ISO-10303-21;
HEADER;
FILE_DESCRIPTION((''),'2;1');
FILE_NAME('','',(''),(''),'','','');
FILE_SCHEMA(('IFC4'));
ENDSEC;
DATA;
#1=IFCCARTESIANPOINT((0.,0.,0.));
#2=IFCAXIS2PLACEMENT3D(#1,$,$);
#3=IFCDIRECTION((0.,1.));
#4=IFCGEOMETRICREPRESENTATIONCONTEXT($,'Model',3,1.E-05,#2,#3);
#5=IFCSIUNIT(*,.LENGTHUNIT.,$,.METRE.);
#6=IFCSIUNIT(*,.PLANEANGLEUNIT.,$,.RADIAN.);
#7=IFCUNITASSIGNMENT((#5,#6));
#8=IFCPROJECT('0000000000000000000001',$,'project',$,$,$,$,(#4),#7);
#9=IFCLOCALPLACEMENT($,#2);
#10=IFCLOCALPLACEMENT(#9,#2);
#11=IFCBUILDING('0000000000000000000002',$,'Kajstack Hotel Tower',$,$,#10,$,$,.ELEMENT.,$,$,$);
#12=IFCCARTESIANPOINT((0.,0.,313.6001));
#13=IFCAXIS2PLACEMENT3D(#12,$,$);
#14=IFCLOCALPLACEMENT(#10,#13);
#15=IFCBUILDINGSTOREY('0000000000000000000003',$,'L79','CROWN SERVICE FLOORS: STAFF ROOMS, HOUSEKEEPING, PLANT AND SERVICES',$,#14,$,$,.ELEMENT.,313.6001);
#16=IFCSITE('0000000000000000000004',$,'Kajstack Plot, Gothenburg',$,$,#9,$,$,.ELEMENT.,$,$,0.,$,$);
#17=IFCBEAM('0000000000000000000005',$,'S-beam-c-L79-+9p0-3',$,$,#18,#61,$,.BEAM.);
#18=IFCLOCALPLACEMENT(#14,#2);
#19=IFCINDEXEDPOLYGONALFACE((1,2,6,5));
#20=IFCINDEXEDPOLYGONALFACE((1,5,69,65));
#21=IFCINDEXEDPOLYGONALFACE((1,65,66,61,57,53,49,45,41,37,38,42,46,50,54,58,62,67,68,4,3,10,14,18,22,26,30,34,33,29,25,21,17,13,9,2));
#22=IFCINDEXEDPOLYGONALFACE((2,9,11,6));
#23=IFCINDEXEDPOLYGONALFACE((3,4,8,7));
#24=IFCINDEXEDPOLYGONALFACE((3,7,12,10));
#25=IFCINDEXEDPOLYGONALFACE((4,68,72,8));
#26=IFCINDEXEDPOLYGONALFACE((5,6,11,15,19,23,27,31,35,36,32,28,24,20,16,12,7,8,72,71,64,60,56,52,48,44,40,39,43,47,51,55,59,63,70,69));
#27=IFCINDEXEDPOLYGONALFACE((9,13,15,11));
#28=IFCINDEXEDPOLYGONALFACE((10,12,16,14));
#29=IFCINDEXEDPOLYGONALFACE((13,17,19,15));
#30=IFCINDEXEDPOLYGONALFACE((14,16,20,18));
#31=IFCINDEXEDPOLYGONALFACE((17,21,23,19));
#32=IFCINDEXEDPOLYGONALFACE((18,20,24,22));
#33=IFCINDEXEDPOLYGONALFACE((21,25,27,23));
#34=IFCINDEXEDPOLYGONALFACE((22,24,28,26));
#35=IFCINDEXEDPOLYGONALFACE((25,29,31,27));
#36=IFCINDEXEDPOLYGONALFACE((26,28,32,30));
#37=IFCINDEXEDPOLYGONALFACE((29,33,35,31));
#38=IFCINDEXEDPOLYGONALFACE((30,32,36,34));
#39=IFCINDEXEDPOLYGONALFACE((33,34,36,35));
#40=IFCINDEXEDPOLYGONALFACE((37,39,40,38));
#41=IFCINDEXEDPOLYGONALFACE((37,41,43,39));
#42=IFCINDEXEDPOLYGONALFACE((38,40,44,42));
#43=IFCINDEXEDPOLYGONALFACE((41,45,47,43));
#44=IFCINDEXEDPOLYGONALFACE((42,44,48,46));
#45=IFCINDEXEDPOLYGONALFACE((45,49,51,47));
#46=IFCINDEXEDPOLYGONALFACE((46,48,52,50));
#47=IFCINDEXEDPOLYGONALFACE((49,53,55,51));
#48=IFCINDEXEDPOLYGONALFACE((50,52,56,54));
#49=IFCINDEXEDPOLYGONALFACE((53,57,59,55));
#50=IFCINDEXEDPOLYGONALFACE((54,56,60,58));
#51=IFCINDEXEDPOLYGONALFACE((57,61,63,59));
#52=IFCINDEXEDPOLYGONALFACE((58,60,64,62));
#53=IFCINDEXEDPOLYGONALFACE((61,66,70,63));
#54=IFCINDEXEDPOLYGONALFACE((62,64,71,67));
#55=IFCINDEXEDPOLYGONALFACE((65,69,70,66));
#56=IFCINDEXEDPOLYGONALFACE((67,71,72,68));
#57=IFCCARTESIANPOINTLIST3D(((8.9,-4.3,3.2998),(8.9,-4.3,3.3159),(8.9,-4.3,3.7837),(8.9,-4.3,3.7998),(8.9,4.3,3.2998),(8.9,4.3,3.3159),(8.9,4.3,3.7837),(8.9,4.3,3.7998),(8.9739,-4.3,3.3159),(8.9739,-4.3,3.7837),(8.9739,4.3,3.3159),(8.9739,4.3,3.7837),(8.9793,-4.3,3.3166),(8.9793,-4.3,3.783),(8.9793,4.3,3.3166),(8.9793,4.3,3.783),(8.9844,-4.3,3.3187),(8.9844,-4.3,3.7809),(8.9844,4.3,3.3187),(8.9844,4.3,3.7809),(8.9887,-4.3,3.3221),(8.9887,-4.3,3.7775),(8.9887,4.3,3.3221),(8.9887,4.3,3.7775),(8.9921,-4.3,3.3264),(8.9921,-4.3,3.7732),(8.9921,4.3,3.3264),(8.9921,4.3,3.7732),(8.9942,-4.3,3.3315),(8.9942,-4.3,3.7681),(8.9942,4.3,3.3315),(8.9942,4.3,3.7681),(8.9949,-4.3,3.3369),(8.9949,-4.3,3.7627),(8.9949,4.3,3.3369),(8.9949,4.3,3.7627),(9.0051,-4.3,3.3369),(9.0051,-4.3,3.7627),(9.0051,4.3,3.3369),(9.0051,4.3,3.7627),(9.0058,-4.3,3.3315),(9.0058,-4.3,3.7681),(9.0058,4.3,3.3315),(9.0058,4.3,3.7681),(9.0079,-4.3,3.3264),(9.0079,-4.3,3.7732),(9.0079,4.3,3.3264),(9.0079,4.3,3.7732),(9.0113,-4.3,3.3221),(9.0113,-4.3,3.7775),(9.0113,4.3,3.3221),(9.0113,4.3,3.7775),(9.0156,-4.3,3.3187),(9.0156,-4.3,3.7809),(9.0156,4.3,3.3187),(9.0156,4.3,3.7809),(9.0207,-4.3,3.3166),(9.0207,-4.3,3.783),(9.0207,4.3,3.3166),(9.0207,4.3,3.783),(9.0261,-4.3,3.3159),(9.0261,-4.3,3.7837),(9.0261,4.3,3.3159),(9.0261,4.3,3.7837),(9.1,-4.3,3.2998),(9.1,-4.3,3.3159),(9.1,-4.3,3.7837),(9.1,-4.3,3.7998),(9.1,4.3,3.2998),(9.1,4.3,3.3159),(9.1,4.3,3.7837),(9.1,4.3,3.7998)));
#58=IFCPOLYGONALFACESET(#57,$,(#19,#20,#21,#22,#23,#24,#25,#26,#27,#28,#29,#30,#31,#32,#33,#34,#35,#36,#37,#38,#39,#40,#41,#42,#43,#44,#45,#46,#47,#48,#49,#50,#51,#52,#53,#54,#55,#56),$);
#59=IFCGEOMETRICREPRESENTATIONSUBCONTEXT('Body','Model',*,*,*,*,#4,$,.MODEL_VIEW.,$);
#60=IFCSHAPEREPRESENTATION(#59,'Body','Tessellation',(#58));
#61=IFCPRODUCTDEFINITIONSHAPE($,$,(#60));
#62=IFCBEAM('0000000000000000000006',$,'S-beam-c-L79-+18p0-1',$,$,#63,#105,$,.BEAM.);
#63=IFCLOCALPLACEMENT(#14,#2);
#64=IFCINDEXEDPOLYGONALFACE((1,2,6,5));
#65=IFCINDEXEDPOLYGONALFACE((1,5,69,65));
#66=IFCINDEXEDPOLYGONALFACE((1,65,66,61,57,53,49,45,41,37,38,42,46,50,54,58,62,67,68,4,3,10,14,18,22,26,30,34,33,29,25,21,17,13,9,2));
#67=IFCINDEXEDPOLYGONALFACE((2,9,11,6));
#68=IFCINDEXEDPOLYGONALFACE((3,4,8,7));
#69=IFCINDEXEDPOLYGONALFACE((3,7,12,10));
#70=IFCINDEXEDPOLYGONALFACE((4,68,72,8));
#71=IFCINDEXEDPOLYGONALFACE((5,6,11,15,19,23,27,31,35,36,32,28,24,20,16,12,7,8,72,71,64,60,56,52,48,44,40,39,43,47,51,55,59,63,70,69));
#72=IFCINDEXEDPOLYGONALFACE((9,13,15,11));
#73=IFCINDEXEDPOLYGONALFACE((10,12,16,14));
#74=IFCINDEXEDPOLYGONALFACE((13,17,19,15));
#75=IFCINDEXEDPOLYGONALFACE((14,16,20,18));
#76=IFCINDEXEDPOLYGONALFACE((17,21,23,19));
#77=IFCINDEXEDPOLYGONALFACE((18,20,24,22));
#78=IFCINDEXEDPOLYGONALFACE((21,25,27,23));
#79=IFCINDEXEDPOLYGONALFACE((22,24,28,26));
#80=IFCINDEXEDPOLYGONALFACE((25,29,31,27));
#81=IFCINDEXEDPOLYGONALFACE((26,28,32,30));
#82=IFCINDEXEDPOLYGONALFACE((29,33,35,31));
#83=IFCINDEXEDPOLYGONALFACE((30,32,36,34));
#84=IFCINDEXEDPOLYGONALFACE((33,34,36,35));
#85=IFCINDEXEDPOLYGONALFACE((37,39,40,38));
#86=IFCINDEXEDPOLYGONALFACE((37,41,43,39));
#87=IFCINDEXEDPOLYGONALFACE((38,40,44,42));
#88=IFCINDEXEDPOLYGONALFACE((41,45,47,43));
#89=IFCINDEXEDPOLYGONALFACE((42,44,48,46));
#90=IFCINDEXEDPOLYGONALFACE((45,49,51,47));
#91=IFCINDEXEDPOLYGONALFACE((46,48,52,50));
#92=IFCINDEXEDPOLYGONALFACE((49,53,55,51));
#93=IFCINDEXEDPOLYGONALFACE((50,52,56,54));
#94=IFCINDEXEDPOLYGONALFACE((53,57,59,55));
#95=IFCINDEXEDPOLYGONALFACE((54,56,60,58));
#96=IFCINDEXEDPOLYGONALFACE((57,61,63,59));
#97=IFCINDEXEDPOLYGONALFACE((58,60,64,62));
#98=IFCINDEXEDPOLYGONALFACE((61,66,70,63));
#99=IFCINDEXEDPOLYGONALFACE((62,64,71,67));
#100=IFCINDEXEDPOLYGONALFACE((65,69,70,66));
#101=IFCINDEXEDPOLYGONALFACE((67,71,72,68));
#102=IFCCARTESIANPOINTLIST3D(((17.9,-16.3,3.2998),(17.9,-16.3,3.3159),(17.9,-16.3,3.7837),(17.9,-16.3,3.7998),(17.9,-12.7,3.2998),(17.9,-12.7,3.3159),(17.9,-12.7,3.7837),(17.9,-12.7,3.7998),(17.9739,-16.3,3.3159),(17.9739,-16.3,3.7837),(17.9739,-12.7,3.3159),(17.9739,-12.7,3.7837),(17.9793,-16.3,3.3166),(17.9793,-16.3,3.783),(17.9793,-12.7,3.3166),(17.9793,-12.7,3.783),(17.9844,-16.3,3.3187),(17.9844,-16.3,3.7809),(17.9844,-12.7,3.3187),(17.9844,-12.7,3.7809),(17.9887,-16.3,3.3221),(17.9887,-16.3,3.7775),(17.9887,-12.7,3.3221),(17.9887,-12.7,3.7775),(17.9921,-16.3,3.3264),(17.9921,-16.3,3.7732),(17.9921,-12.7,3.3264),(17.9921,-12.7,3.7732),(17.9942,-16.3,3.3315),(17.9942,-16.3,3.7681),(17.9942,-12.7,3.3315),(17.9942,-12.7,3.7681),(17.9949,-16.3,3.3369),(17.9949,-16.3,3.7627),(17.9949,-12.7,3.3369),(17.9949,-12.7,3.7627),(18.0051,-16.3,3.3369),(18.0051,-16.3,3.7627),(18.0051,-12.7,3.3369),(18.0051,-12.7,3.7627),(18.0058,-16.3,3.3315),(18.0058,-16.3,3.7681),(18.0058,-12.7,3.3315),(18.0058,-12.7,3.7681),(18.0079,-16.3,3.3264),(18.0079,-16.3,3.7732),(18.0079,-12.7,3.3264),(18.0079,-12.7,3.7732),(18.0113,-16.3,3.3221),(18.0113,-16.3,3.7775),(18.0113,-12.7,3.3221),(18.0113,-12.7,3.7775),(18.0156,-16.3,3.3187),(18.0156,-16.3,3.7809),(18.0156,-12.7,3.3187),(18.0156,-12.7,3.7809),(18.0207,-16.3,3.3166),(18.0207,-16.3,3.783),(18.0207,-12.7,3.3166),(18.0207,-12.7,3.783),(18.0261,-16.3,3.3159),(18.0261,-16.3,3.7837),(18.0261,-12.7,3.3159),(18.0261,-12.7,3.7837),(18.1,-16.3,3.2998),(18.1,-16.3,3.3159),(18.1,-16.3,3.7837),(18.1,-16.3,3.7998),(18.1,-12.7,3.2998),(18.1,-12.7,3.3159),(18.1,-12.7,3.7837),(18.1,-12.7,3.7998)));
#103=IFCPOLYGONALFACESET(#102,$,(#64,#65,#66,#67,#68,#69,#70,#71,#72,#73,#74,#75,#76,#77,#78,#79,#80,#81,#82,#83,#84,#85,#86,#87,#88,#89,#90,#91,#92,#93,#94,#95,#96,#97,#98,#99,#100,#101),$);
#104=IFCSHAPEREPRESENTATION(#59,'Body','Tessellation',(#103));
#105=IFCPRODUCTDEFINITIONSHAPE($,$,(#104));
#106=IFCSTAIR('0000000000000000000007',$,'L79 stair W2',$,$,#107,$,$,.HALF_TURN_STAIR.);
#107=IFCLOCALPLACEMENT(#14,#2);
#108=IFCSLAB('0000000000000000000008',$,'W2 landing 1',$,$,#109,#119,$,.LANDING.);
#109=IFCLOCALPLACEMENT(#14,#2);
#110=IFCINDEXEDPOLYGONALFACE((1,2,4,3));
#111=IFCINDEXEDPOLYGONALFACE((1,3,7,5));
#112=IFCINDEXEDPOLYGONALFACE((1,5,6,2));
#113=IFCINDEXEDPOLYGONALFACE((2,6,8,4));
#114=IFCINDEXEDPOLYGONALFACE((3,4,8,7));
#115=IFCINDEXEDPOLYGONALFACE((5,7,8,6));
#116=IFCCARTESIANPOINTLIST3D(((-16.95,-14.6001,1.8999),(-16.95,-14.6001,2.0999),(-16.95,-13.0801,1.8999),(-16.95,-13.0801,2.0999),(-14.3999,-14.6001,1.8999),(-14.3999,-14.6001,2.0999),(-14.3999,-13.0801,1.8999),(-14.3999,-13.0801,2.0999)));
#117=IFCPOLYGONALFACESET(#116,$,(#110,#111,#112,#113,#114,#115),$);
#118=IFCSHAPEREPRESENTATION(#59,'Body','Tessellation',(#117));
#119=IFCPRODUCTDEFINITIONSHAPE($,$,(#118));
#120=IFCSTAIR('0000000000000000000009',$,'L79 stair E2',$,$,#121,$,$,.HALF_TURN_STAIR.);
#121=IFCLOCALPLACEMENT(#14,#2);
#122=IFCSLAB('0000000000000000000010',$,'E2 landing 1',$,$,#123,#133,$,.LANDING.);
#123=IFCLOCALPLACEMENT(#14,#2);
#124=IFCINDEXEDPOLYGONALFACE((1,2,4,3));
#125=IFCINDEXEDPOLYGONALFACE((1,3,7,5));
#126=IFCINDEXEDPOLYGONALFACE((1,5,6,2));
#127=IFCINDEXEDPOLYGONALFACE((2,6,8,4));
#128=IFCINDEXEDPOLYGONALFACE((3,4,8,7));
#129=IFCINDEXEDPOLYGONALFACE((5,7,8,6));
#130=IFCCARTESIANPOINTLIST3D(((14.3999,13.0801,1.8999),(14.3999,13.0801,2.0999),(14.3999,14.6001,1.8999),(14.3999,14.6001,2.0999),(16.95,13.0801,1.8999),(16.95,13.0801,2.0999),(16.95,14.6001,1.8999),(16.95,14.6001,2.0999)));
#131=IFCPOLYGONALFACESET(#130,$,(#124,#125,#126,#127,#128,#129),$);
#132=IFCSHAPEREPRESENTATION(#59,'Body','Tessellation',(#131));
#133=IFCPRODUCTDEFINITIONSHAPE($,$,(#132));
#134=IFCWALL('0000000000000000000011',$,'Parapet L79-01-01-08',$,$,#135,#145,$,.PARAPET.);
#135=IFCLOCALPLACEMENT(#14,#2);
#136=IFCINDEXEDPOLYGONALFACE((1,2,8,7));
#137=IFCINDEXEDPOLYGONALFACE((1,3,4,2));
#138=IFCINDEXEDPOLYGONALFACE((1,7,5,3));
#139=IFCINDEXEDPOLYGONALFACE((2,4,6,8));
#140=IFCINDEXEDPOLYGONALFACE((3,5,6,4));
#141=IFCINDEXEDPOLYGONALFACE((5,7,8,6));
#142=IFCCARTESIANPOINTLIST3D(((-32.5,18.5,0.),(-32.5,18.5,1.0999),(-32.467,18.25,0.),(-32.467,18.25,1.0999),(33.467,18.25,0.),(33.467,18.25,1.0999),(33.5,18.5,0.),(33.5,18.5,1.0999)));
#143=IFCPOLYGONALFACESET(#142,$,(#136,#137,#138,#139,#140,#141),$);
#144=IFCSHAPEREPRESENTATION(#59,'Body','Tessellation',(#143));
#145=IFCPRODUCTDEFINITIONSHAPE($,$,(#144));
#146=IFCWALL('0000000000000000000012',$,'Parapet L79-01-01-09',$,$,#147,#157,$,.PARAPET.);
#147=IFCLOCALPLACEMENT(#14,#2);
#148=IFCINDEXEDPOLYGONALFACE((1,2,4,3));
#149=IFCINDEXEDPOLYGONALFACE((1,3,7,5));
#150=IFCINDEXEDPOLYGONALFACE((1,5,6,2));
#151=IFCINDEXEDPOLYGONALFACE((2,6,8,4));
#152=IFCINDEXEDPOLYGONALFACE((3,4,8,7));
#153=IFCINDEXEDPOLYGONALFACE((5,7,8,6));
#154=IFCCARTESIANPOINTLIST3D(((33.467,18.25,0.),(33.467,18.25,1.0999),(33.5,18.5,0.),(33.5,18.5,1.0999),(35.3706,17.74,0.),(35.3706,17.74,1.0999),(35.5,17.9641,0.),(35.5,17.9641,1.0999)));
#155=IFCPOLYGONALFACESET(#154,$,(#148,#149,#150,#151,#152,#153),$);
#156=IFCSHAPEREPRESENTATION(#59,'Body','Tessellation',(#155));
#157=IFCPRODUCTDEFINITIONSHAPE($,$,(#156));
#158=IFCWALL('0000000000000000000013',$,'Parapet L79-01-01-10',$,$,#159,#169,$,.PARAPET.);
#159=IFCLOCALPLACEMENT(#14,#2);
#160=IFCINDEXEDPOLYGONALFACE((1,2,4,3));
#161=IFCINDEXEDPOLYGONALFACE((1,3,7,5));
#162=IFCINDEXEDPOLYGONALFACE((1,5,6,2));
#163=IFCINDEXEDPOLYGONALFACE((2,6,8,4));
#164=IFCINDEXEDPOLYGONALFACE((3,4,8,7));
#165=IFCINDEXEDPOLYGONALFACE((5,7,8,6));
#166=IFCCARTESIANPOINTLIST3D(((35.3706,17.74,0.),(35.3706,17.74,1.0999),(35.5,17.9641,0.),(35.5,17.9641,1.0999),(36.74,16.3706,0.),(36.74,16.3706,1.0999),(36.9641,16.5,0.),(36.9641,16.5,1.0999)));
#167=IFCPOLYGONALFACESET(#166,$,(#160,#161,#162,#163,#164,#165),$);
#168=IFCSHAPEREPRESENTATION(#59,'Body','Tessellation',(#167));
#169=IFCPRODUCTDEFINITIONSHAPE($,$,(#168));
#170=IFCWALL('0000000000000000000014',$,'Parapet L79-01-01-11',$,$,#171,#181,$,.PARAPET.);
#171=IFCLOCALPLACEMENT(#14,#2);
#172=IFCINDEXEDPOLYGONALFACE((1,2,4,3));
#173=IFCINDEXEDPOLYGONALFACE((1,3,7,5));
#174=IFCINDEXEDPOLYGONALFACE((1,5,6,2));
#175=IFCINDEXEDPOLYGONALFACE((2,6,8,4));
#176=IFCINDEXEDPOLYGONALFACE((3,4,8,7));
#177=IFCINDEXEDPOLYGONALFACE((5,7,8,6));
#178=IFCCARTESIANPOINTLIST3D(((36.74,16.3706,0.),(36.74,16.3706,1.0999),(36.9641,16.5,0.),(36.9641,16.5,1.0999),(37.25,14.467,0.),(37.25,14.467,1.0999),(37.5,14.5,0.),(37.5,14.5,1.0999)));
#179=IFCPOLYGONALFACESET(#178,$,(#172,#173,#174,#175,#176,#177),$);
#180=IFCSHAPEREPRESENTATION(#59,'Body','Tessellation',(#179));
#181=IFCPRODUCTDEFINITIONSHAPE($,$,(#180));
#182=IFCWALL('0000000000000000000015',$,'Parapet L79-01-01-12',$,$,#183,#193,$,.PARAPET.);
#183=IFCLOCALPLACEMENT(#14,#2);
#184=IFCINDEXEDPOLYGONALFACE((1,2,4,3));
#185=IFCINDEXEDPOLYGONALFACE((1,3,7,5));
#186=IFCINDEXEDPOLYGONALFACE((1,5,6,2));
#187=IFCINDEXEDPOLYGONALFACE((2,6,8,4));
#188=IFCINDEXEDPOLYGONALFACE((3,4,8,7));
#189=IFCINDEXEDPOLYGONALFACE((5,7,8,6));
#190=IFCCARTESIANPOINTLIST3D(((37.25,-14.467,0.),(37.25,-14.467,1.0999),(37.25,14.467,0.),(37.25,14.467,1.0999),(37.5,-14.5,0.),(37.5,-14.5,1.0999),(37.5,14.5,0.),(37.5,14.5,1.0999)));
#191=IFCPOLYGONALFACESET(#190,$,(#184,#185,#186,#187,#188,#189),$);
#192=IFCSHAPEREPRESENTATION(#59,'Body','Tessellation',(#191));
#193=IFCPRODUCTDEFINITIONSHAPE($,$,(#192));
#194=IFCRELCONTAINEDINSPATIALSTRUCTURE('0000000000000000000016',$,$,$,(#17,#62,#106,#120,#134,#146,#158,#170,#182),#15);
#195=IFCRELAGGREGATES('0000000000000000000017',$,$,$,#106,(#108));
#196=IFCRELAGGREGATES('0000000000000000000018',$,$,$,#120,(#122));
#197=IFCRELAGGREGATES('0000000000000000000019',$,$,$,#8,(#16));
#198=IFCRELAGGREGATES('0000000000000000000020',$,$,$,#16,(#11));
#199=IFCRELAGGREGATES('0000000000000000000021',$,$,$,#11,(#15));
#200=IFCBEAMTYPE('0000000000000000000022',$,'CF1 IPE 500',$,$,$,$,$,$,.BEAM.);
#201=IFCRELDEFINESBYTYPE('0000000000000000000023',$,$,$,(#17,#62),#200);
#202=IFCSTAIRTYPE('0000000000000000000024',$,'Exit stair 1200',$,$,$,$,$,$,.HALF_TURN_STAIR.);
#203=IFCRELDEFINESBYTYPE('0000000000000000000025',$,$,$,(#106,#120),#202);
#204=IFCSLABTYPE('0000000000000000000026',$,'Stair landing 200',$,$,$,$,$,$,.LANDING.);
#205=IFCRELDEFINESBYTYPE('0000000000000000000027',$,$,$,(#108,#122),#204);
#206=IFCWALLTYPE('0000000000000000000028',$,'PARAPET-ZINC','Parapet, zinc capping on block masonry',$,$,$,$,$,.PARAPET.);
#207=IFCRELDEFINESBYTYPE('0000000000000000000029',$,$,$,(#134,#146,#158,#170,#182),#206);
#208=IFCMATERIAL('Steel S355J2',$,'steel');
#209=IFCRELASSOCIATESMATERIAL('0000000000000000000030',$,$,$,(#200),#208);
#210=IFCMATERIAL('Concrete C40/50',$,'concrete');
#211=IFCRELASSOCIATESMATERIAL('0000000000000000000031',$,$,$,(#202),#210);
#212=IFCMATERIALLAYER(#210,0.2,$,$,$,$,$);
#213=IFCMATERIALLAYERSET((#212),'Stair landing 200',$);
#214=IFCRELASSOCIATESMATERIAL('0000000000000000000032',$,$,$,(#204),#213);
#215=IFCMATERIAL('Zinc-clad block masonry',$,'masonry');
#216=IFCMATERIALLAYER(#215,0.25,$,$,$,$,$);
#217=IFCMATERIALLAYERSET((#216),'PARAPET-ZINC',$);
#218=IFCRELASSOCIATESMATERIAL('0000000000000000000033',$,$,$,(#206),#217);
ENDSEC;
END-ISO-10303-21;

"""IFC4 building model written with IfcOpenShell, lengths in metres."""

from ifc_helpers import new_model, si_unit, direction, frame, origin, origin_2d, place, context, subcontext, project, spatial, polyline, i_section, outline, extrude, material, layer, layer_set, material_profile, profile_set, type_object, element, aggregate, save


model = new_model("IFC4")

# Units and contexts
model_context = context("Model", 3, precision=1e-05, world=origin(), true_north=direction((0.0, 1.0)))
body_context = subcontext(model_context, "Body", "Model", "MODEL_VIEW")
ifc_project = project(units=[si_unit("LENGTHUNIT", "METRE"), si_unit("PLANEANGLEUNIT", "RADIAN")], contexts=[model_context])

# Site, building, storey
site_placement = place(None, origin())
site = spatial("IfcSite", under=ifc_project, at=site_placement, Name="Kajstack Plot, Gothenburg", CompositionType="ELEMENT", RefElevation=0.0)
building_placement = place(site_placement, origin())
building = spatial("IfcBuilding", under=site, at=building_placement, Name="Kajstack Hotel Tower", CompositionType="ELEMENT")
storey_placement = place(building_placement, frame((0.0, 0.0, 313.6001)))
storey = spatial("IfcBuildingStorey", under=building, at=storey_placement, Name="L79", Description="CROWN SERVICE FLOORS: STAFF ROOMS, HOUSEKEEPING, PLANT AND SERVICES", CompositionType="ELEMENT", Elevation=313.6001)

# Shared definitions
ifc_material_1 = material(Name="Steel S355J2", Category="steel")

# Beams
ifc_material_profile_1 = material_profile(ifc_material_1, i_section(OverallWidth=0.2, OverallDepth=0.5, WebThickness=0.0103, FlangeThickness=0.0161, FilletRadius=0.021, at=origin_2d()), Name="IPE 500")
ifc_profile_set_1 = profile_set([ifc_material_profile_1], Name="Steel S355J2")
beam_type = type_object("IfcBeamType", Name="CF1 IPE 500", PredefinedType="BEAM", material=ifc_profile_set_1)
beam_1_placement = place(storey_placement, frame((9.0, -4.3, 3.5498), z_axis=(0.0, 1.0, 0.0), x_axis=(-1.0, 0.0, 0.0)))
element("IfcBeam", 1, at=beam_1_placement, inside=storey, type_object=beam_type, Name="S-beam-c-L79-+9p0-3", PredefinedType="BEAM", context=body_context, shape_type="SweptSolid", body=[
    extrude(i_section(OverallWidth=0.2, OverallDepth=0.5, WebThickness=0.0103, FlangeThickness=0.0161, FilletRadius=0.021, at=origin_2d()), origin(), (0.0, 0.0, 1.0), 8.6001),
])
beam_2_placement = place(storey_placement, frame((18.0, -16.3, 3.5498), z_axis=(0.0, 1.0, 0.0), x_axis=(-1.0, 0.0, 0.0)))
element("IfcBeam", 2, at=beam_2_placement, inside=storey, type_object=beam_type, Name="S-beam-c-L79-+18p0-1", PredefinedType="BEAM", context=body_context, shape_type="SweptSolid", body=[
    extrude(i_section(OverallWidth=0.2, OverallDepth=0.5, WebThickness=0.0103, FlangeThickness=0.0161, FilletRadius=0.021, at=origin_2d()), origin(), (0.0, 0.0, 1.0), 3.6001),
])

# Stairs, slabs
ifc_material_2 = material(Name="Concrete C40/50", Category="concrete")
stair_type = type_object("IfcStairType", Name="Exit stair 1200", PredefinedType="HALF_TURN_STAIR", material=ifc_material_2)
stair_1_placement = place(storey_placement, origin())
stair_1 = element("IfcStair", 3, at=stair_1_placement, inside=storey, type_object=stair_type, Name="L79 stair W2", PredefinedType="HALF_TURN_STAIR")
ifc_layer_1 = layer(ifc_material_2, 0.2)
ifc_layer_set_1 = layer_set([ifc_layer_1], Name="Stair landing 200")
slab_type = type_object("IfcSlabType", Name="Stair landing 200", PredefinedType="LANDING", material=ifc_layer_set_1)
slab_1_placement = place(storey_placement, frame((0.0, 0.0, 1.8999)))
slab_1 = element("IfcSlab", 4, at=slab_1_placement, type_object=slab_type, Name="W2 landing 1", PredefinedType="LANDING", context=body_context, shape_type="SweptSolid", body=[
    extrude(outline(polyline([(-16.95, -13.0801), (-16.95, -14.6001), (-14.3999, -14.6001), (-14.3999, -13.0801), (-16.95, -13.0801)])), origin(), (0.0, 0.0, 1.0), 0.2),
])
aggregate(stair_1, [slab_1])
stair_2_placement = place(storey_placement, origin())
stair_2 = element("IfcStair", 5, at=stair_2_placement, inside=storey, type_object=stair_type, Name="L79 stair E2", PredefinedType="HALF_TURN_STAIR")
slab_2_placement = place(storey_placement, frame((0.0, 0.0, 1.8999)))
slab_2 = element("IfcSlab", 6, at=slab_2_placement, type_object=slab_type, Name="E2 landing 1", PredefinedType="LANDING", context=body_context, shape_type="SweptSolid", body=[
    extrude(outline(polyline([(16.95, 13.0801), (16.95, 14.6001), (14.3999, 14.6001), (14.3999, 13.0801), (16.95, 13.0801)])), origin(), (0.0, 0.0, 1.0), 0.2),
])
aggregate(stair_2, [slab_2])

# Walls
ifc_material_3 = material(Name="Zinc-clad block masonry", Category="masonry")
ifc_layer_2 = layer(ifc_material_3, 0.25)
ifc_layer_set_2 = layer_set([ifc_layer_2], Name="PARAPET-ZINC")
wall_type_1 = type_object("IfcWallType", Name="PARAPET-ZINC", Description="Parapet, zinc capping on block masonry", PredefinedType="PARAPET", material=ifc_layer_set_2)
wall_1_placement = place(storey_placement, origin())
element("IfcWall", 7, at=wall_1_placement, inside=storey, type_object=wall_type_1, Name="Parapet L79-01-01-08", PredefinedType="PARAPET", context=body_context, shape_type="SweptSolid", body=[
    extrude(outline(polyline([(-32.5, 18.5), (-32.467, 18.25), (33.467, 18.25), (33.5, 18.5), (-32.5, 18.5)])), origin(), (0.0, 0.0, 1.0), 1.0999),
])
wall_2_placement = place(storey_placement, origin())
element("IfcWall", 8, at=wall_2_placement, inside=storey, type_object=wall_type_1, Name="Parapet L79-01-01-09", PredefinedType="PARAPET", context=body_context, shape_type="SweptSolid", body=[
    extrude(outline(polyline([(33.5, 18.5), (33.467, 18.25), (35.3706, 17.74), (35.5, 17.9641), (33.5, 18.5)])), origin(), (0.0, 0.0, 1.0), 1.0999),
])
wall_3_placement = place(storey_placement, origin())
element("IfcWall", 9, at=wall_3_placement, inside=storey, type_object=wall_type_1, Name="Parapet L79-01-01-10", PredefinedType="PARAPET", context=body_context, shape_type="SweptSolid", body=[
    extrude(outline(polyline([(35.5, 17.9641), (35.3706, 17.74), (36.74, 16.3706), (36.9641, 16.5), (35.5, 17.9641)])), origin(), (0.0, 0.0, 1.0), 1.0999),
])
wall_4_placement = place(storey_placement, origin())
element("IfcWall", 10, at=wall_4_placement, inside=storey, type_object=wall_type_1, Name="Parapet L79-01-01-11", PredefinedType="PARAPET", context=body_context, shape_type="SweptSolid", body=[
    extrude(outline(polyline([(36.9641, 16.5), (36.74, 16.3706), (37.25, 14.467), (37.5, 14.5), (36.9641, 16.5)])), origin(), (0.0, 0.0, 1.0), 1.0999),
])
wall_5_placement = place(storey_placement, origin())
element("IfcWall", 11, at=wall_5_placement, inside=storey, type_object=wall_type_1, Name="Parapet L79-01-01-12", PredefinedType="PARAPET", context=body_context, shape_type="SweptSolid", body=[
    extrude(outline(polyline([(37.5, 14.5), (37.25, 14.467), (37.25, -14.467), (37.5, -14.5), (37.5, 14.5)])), origin(), (0.0, 0.0, 1.0), 1.0999),
])

save(model, "model.ifc")
